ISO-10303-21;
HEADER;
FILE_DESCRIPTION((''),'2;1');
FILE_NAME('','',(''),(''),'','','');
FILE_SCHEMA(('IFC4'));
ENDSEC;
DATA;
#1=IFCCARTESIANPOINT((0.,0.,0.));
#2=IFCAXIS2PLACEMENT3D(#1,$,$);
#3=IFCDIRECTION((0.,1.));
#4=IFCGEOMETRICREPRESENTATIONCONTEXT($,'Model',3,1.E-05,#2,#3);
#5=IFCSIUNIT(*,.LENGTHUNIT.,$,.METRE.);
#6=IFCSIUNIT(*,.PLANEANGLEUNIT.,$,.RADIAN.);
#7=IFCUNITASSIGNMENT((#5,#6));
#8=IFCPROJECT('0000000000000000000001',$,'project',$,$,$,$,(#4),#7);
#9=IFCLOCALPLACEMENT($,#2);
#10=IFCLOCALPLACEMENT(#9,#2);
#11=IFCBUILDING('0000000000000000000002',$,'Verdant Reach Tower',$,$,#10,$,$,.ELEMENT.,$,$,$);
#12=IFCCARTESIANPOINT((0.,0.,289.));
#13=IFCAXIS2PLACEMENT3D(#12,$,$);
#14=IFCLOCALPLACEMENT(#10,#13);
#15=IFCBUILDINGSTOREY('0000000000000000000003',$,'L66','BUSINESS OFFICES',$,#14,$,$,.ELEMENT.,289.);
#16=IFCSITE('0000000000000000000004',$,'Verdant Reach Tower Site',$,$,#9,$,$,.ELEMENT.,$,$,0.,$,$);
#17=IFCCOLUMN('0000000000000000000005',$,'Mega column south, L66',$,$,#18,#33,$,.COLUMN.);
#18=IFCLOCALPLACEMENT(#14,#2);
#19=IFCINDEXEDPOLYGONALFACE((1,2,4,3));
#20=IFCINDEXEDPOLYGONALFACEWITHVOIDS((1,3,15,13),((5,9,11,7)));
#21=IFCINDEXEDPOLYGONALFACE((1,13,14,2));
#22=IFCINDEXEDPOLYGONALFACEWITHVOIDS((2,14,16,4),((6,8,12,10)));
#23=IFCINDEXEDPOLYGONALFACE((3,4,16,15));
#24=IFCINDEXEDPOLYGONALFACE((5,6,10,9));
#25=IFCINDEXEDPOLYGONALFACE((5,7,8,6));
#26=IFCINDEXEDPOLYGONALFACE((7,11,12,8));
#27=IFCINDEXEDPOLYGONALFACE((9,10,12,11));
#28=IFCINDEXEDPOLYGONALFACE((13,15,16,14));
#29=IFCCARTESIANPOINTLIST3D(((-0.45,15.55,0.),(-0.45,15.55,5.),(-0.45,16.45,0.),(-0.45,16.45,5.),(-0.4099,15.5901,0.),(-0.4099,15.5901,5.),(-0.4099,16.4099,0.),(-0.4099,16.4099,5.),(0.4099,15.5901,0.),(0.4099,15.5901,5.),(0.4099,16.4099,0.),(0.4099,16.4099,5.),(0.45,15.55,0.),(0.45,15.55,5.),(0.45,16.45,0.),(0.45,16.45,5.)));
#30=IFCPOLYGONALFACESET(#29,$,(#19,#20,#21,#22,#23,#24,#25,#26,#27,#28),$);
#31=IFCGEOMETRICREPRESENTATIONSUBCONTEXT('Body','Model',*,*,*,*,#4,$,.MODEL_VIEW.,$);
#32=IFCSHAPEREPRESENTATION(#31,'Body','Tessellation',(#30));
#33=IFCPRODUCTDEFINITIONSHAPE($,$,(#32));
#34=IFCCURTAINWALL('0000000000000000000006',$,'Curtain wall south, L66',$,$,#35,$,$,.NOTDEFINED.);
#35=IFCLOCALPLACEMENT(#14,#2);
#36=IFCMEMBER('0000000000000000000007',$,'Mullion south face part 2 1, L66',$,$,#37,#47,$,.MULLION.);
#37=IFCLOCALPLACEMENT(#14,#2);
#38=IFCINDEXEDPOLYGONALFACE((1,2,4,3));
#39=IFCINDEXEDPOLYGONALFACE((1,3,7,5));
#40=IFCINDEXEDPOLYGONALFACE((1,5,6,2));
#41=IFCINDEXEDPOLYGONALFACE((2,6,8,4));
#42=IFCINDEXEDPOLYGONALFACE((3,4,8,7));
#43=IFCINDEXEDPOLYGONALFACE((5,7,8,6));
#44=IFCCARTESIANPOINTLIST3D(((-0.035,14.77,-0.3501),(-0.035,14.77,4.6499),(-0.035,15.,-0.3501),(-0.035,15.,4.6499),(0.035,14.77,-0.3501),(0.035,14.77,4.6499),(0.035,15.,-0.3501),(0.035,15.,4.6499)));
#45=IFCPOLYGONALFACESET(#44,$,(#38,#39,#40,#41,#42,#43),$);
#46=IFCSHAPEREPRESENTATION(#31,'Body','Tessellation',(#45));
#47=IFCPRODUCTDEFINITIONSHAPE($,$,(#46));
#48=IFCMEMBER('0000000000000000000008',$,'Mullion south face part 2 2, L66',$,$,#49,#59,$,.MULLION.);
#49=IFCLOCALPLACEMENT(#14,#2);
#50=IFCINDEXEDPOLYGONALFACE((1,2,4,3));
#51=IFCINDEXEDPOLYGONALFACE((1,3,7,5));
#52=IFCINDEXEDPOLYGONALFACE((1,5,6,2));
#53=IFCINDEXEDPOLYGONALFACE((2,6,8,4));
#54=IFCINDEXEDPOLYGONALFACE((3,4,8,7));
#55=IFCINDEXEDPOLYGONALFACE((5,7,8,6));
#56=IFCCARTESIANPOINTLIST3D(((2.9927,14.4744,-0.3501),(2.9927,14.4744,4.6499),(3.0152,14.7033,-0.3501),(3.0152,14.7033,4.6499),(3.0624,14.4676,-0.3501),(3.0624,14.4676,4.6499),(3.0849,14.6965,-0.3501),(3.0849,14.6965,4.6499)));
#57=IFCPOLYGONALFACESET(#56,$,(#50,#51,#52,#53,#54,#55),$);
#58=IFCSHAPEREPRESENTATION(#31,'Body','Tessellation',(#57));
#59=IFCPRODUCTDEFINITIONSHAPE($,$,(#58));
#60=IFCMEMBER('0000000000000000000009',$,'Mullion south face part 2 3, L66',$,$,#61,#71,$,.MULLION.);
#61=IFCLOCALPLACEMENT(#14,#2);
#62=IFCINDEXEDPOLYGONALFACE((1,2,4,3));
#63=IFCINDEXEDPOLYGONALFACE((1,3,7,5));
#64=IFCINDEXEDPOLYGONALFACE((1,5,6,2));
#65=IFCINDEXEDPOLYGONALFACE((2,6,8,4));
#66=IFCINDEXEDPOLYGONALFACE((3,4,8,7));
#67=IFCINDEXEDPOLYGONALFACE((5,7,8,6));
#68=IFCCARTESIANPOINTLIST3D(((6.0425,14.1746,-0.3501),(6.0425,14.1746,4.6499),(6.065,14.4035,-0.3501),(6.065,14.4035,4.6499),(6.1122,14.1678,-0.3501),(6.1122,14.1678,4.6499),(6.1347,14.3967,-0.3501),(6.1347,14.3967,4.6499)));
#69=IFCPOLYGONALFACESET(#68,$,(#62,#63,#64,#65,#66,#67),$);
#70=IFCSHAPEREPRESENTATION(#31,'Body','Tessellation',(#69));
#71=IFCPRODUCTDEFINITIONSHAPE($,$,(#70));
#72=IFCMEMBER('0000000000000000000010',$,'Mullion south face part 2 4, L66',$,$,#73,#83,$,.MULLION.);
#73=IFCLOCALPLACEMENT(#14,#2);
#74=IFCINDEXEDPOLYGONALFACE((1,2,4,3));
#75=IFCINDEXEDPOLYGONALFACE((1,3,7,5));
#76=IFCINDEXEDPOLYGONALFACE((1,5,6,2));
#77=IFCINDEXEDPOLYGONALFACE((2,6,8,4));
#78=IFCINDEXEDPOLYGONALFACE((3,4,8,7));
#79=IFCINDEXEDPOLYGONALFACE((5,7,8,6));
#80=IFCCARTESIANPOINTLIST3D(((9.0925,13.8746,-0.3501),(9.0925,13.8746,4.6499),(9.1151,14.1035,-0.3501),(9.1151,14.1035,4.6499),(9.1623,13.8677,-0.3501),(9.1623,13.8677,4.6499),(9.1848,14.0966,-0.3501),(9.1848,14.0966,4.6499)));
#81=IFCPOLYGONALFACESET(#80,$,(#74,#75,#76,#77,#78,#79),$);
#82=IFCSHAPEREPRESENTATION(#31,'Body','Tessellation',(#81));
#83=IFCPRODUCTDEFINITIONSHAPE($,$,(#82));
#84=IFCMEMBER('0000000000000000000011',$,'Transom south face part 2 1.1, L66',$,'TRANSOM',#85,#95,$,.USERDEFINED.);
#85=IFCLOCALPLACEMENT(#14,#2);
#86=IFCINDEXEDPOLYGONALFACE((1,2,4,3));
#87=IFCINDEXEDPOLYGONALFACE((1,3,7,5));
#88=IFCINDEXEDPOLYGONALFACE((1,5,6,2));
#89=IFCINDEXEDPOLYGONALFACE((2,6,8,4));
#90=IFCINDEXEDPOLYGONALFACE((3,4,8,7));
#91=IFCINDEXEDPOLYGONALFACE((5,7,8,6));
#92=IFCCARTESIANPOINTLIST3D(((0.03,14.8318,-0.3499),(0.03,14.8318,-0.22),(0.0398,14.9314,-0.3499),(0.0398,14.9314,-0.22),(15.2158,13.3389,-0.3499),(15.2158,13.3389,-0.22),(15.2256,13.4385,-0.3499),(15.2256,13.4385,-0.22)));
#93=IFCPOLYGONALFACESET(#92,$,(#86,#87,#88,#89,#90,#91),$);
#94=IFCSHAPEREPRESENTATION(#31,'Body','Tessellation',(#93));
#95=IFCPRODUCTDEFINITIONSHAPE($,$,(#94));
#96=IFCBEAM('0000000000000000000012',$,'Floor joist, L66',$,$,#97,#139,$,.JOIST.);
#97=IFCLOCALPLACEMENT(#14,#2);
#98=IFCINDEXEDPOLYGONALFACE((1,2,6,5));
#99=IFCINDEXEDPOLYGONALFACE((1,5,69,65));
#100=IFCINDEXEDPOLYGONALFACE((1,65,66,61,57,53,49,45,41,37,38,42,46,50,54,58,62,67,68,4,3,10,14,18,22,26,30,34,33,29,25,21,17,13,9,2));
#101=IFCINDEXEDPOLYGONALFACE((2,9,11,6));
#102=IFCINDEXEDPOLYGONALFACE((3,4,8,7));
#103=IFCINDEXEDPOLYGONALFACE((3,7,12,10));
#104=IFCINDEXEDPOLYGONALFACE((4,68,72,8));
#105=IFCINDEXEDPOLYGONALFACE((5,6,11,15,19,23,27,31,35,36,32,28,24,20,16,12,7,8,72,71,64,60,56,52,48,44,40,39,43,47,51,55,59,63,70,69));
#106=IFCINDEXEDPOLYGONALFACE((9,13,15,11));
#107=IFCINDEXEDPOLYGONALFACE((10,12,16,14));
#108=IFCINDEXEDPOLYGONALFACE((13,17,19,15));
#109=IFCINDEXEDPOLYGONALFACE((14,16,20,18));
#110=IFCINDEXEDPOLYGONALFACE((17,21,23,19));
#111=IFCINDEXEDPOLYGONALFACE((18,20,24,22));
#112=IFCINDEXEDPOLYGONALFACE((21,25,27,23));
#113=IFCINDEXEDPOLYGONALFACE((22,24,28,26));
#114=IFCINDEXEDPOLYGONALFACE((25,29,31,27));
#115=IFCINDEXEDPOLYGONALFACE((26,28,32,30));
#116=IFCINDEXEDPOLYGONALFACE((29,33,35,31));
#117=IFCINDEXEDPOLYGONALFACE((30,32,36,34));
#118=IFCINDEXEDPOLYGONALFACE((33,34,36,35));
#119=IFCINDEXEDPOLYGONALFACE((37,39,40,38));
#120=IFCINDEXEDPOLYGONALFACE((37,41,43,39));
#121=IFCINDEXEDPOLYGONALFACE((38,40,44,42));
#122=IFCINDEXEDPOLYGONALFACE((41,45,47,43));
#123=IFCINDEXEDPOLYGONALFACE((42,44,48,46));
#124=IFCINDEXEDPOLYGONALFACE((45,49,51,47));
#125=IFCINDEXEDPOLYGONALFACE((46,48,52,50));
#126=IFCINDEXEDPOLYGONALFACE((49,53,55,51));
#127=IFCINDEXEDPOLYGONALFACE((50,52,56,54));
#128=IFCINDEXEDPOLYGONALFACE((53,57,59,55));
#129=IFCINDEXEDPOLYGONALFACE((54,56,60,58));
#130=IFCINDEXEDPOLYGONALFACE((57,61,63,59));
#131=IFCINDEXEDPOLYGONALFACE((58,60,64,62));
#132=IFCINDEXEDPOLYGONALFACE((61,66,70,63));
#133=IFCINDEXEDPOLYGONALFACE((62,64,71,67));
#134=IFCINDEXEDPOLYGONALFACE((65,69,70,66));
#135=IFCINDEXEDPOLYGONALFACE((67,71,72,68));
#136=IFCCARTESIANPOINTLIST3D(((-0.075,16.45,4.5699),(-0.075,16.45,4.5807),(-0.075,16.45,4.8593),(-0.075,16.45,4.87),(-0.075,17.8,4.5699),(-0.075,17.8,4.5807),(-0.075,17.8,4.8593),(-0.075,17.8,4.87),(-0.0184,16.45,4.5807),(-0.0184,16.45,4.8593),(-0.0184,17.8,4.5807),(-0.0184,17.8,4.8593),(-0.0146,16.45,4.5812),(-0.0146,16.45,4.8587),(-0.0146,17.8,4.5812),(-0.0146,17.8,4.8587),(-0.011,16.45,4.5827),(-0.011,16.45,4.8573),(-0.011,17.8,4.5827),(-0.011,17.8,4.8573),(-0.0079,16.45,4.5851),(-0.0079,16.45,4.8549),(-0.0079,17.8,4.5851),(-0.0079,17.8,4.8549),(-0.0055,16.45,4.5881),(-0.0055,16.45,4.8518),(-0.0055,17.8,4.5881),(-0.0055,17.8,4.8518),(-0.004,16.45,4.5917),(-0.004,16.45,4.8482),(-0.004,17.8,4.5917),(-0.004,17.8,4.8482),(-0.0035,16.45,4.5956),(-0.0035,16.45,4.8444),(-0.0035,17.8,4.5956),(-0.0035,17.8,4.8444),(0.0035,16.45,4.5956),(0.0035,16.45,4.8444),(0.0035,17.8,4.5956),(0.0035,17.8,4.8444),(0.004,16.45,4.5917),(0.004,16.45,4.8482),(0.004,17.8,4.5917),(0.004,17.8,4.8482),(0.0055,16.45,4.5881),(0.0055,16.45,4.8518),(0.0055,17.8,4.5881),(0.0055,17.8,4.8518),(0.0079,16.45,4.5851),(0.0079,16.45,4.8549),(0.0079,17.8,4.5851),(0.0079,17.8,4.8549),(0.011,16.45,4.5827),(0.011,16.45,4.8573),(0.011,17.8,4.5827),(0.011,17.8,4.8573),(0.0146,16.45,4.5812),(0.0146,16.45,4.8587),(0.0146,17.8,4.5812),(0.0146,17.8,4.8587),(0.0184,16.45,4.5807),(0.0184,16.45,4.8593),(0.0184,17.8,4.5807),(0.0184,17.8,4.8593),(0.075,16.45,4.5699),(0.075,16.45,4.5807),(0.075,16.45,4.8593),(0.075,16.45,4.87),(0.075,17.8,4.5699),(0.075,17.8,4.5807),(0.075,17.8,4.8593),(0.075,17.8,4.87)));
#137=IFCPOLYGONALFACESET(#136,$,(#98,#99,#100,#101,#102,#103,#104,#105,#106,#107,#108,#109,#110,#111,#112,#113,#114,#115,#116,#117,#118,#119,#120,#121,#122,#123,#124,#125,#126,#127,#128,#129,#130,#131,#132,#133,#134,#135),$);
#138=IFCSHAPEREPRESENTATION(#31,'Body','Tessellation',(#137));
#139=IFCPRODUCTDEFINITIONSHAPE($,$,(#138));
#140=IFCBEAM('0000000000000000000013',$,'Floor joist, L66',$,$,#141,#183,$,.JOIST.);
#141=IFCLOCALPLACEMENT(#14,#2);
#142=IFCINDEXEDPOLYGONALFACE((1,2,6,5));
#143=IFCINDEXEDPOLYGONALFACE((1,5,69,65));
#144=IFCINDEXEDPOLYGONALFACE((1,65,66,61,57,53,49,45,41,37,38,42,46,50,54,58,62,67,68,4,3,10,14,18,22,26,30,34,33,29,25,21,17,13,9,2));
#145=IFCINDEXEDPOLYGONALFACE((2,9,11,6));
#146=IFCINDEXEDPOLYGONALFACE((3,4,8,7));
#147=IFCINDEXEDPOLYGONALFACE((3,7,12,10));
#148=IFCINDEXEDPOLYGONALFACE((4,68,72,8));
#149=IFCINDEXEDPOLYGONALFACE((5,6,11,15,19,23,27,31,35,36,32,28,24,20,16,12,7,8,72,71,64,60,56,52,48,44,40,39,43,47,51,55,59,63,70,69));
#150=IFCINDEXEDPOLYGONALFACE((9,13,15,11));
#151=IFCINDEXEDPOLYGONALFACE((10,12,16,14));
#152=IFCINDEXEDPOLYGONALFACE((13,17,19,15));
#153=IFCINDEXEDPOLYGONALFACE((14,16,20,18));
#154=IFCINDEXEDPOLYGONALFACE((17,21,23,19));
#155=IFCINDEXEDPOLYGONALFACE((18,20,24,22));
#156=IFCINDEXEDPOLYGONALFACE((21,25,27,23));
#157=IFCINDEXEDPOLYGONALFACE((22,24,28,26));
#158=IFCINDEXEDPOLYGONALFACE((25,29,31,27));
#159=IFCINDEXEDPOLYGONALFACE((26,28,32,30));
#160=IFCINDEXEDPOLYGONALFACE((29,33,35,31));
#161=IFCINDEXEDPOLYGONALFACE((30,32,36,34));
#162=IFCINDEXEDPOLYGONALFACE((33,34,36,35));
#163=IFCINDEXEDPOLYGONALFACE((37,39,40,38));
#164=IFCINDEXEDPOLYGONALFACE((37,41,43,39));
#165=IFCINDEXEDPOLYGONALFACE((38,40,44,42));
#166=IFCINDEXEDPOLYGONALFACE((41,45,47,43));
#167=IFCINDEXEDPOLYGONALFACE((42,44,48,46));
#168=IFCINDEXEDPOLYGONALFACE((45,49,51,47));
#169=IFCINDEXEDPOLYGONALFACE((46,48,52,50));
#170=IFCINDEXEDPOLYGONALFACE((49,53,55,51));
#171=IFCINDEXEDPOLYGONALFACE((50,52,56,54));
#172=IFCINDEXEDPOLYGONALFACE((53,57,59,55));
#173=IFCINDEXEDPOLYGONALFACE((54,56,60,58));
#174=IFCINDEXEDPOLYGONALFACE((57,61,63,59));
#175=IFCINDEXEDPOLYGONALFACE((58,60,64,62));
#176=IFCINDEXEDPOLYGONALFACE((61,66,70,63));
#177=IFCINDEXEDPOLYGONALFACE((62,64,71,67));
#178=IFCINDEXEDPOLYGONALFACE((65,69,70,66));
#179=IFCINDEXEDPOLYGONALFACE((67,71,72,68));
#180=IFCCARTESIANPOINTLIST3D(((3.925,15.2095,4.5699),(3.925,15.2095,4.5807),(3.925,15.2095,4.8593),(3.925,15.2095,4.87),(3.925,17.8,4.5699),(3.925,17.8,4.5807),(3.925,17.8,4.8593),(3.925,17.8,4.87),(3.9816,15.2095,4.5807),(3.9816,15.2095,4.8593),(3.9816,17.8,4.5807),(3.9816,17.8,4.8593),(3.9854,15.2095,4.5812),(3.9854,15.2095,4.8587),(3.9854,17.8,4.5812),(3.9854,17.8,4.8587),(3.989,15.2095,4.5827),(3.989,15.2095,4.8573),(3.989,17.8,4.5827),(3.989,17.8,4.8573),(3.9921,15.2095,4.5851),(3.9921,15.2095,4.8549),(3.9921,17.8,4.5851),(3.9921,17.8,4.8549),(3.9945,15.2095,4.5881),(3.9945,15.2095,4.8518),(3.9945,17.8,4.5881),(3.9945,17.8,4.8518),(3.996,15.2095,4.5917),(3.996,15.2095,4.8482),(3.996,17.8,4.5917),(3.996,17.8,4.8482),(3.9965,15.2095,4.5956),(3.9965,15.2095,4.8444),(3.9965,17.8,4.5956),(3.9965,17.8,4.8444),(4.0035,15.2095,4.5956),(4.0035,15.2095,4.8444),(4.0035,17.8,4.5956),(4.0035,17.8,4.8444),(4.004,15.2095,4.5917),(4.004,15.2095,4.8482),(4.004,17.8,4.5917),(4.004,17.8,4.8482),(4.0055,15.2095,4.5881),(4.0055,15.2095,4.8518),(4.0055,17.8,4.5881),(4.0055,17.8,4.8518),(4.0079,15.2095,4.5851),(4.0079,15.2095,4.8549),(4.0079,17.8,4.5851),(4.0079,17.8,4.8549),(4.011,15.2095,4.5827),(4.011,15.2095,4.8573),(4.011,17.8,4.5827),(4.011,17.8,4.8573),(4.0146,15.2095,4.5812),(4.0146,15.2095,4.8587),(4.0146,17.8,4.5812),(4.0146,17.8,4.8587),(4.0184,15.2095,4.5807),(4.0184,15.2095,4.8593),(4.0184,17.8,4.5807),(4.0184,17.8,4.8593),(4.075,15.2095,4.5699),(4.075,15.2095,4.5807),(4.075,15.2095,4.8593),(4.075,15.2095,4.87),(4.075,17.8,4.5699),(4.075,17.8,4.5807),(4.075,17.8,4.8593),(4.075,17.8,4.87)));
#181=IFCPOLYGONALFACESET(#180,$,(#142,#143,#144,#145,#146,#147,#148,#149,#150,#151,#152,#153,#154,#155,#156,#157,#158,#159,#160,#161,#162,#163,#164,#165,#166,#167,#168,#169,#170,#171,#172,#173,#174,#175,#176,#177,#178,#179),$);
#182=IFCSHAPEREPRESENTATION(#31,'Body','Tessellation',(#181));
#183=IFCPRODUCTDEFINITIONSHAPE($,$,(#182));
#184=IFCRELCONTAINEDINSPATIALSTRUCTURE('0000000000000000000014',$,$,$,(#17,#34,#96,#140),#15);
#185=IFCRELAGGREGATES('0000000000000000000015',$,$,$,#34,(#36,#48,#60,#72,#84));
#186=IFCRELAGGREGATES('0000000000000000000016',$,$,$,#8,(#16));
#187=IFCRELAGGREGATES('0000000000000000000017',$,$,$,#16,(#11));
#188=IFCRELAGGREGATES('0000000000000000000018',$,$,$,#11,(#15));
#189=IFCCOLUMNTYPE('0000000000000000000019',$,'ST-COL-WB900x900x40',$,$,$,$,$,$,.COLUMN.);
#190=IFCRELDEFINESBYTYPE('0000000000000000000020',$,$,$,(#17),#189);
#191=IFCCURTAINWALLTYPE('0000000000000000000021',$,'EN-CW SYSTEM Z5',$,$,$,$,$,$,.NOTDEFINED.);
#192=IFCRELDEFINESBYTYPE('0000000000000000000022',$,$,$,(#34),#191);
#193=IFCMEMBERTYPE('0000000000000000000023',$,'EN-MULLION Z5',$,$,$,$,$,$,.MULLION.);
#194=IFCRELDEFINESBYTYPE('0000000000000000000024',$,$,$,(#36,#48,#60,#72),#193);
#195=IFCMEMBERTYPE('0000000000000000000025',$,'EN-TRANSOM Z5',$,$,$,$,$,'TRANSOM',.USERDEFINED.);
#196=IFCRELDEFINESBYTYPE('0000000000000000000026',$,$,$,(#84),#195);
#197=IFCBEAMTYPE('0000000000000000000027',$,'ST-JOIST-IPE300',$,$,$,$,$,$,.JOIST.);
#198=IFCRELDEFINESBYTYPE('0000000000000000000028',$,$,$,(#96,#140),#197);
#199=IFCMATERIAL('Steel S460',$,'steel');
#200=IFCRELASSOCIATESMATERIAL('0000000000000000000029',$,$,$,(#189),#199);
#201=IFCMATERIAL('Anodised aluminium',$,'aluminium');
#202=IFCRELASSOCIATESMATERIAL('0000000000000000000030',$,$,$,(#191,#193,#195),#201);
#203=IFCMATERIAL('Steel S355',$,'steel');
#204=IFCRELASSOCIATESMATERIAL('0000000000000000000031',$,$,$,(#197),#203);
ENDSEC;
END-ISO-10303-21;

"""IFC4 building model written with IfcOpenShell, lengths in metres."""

from ifc_helpers import new_model, si_unit, direction, frame, origin, origin_2d, place, context, subcontext, project, spatial, rectangle, hollow_rectangle, i_section, extrude, material, material_profile, profile_set, type_object, element, aggregate, save


model = new_model("IFC4")

# Units and contexts
model_context = context("Model", 3, precision=1e-05, world=origin(), true_north=direction((0.0, 1.0)))
body_context = subcontext(model_context, "Body", "Model", "MODEL_VIEW")
ifc_project = project(units=[si_unit("LENGTHUNIT", "METRE"), si_unit("PLANEANGLEUNIT", "RADIAN")], contexts=[model_context])

# Site, building, storey
site_placement = place(None, origin())
site = spatial("IfcSite", under=ifc_project, at=site_placement, Name="Verdant Reach Tower Site", CompositionType="ELEMENT", RefElevation=0.0)
building_placement = place(site_placement, origin())
building = spatial("IfcBuilding", under=site, at=building_placement, Name="Verdant Reach Tower", CompositionType="ELEMENT")
storey_placement = place(building_placement, frame((0.0, 0.0, 289.0)))
storey = spatial("IfcBuildingStorey", under=building, at=storey_placement, Name="L66", Description="BUSINESS OFFICES", CompositionType="ELEMENT", Elevation=289.0)

# Column
ifc_material_1 = material(Name="Steel S460", Category="steel")
ifc_material_profile_1 = material_profile(ifc_material_1, hollow_rectangle(XDim=0.8999, YDim=0.8999, WallThickness=0.04, at=origin_2d()), Name="WB 900x900x40")
ifc_profile_set_1 = profile_set([ifc_material_profile_1], Name="Steel S460")
column_type = type_object("IfcColumnType", Name="ST-COL-WB900x900x40", PredefinedType="COLUMN", material=ifc_profile_set_1)
column_placement = place(storey_placement, frame((0.0, 16.0, 0.0), z_axis=(0.0, 0.0, 1.0), x_axis=(1.0, 0.0, 0.0)))
element("IfcColumn", 1, at=column_placement, inside=storey, type_object=column_type, Name="Mega column south, L66", PredefinedType="COLUMN", context=body_context, shape_type="SweptSolid", body=[
    extrude(hollow_rectangle(XDim=0.8999, YDim=0.8999, WallThickness=0.04, at=origin_2d()), origin(), (0.0, 0.0, 1.0), 5.0),
])

# Curtain wall, members
ifc_material_2 = material(Name="Anodised aluminium", Category="aluminium")
curtain_wall_type = type_object("IfcCurtainWallType", Name="EN-CW SYSTEM Z5", PredefinedType="NOTDEFINED", material=ifc_material_2)
curtain_wall_placement = place(storey_placement, origin())
curtain_wall = element("IfcCurtainWall", 2, at=curtain_wall_placement, inside=storey, type_object=curtain_wall_type, Name="Curtain wall south, L66", PredefinedType="NOTDEFINED")
ifc_material_profile_2 = material_profile(ifc_material_2, rectangle(XDim=0.23, YDim=0.0701, at=origin_2d()), Name="Mullion 70x230")
ifc_profile_set_2 = profile_set([ifc_material_profile_2], Name="Anodised aluminium")
member_type_1 = type_object("IfcMemberType", Name="EN-MULLION Z5", PredefinedType="MULLION", material=ifc_profile_set_2)
member_1_placement = place(storey_placement, frame((0.0, 14.885, -0.3501), z_axis=(0.0, 0.0, 1.0), x_axis=(0.0, -1.0, 0.0)))
member_1 = element("IfcMember", 3, at=member_1_placement, type_object=member_type_1, Name="Mullion south face part 2 1, L66", PredefinedType="MULLION", context=body_context, shape_type="SweptSolid", body=[
    extrude(rectangle(XDim=0.23, YDim=0.0701, at=origin_2d()), origin(), (0.0, 0.0, 1.0), 5.0),
])
member_2_placement = place(storey_placement, frame((3.0388, 14.5854, -0.3501), z_axis=(0.0, 0.0, 1.0), x_axis=(-0.097888, -0.995197, 0.0)))
member_2 = element("IfcMember", 4, at=member_2_placement, type_object=member_type_1, Name="Mullion south face part 2 2, L66", PredefinedType="MULLION", context=body_context, shape_type="SweptSolid", body=[
    extrude(rectangle(XDim=0.23, YDim=0.0701, at=origin_2d()), origin(), (0.0, 0.0, 1.0), 5.0),
])
member_3_placement = place(storey_placement, frame((6.0886, 14.2856, -0.3501), z_axis=(0.0, 0.0, 1.0), x_axis=(-0.097888, -0.995197, 0.0)))
member_3 = element("IfcMember", 5, at=member_3_placement, type_object=member_type_1, Name="Mullion south face part 2 3, L66", PredefinedType="MULLION", context=body_context, shape_type="SweptSolid", body=[
    extrude(rectangle(XDim=0.23, YDim=0.0701, at=origin_2d()), origin(), (0.0, 0.0, 1.0), 5.0),
])
member_4_placement = place(storey_placement, frame((9.1387, 13.9856, -0.3501), z_axis=(0.0, 0.0, 1.0), x_axis=(-0.097888, -0.995197, 0.0)))
member_4 = element("IfcMember", 6, at=member_4_placement, type_object=member_type_1, Name="Mullion south face part 2 4, L66", PredefinedType="MULLION", context=body_context, shape_type="SweptSolid", body=[
    extrude(rectangle(XDim=0.23, YDim=0.0701, at=origin_2d()), origin(), (0.0, 0.0, 1.0), 5.0),
])
ifc_material_profile_3 = material_profile(ifc_material_2, rectangle(XDim=0.1001, YDim=0.1299, at=origin_2d()), Name="Transom 130x100")
ifc_profile_set_3 = profile_set([ifc_material_profile_3], Name="Anodised aluminium")
member_type_2 = type_object("IfcMemberType", Name="EN-TRANSOM Z5", ElementType="TRANSOM", PredefinedType="USERDEFINED", material=ifc_profile_set_3)
member_5_placement = place(storey_placement, frame((0.0349, 14.8816, -0.2849), z_axis=(0.995202, -0.097839, 0.0), x_axis=(0.097839, 0.995202, 0.0)))
member_5 = element("IfcMember", 7, at=member_5_placement, type_object=member_type_2, Name="Transom south face part 2 1.1, L66", ObjectType="TRANSOM", PredefinedType="USERDEFINED", context=body_context, shape_type="SweptSolid", body=[
    extrude(rectangle(XDim=0.1001, YDim=0.1299, at=origin_2d()), origin(), (0.0, 0.0, 1.0), 15.259),
])

# Beams
ifc_material_3 = material(Name="Steel S355", Category="steel")
ifc_material_profile_4 = material_profile(ifc_material_3, i_section(OverallWidth=0.1499, OverallDepth=0.3, WebThickness=0.0071, FlangeThickness=0.0107, FilletRadius=0.0149, at=origin_2d()), Name="IPE 300")
ifc_profile_set_4 = profile_set([ifc_material_profile_4], Name="Steel S355")
beam_type = type_object("IfcBeamType", Name="ST-JOIST-IPE300", PredefinedType="JOIST", material=ifc_profile_set_4)
beam_1_placement = place(storey_placement, frame((0.0, 17.8, 4.72), z_axis=(0.0, -1.0, 0.0), x_axis=(1.0, 0.0, 0.0)))
element("IfcBeam", 8, at=beam_1_placement, inside=storey, type_object=beam_type, Name="Floor joist, L66", PredefinedType="JOIST", context=body_context, shape_type="SweptSolid", body=[
    extrude(i_section(OverallWidth=0.1499, OverallDepth=0.3, WebThickness=0.0071, FlangeThickness=0.0107, FilletRadius=0.0149, at=origin_2d()), origin(), (0.0, 0.0, 1.0), 1.3501),
])
beam_2_placement = place(storey_placement, frame((4.0, 17.8, 4.72), z_axis=(0.0, -1.0, 0.0), x_axis=(1.0, 0.0, 0.0)))
element("IfcBeam", 9, at=beam_2_placement, inside=storey, type_object=beam_type, Name="Floor joist, L66", PredefinedType="JOIST", context=body_context, shape_type="SweptSolid", body=[
    extrude(i_section(OverallWidth=0.1499, OverallDepth=0.3, WebThickness=0.0071, FlangeThickness=0.0107, FilletRadius=0.0149, at=origin_2d()), origin(), (0.0, 0.0, 1.0), 2.5906),
])

aggregate(curtain_wall, [member_1, member_2, member_3, member_4, member_5])

save(model, "model.ifc")
